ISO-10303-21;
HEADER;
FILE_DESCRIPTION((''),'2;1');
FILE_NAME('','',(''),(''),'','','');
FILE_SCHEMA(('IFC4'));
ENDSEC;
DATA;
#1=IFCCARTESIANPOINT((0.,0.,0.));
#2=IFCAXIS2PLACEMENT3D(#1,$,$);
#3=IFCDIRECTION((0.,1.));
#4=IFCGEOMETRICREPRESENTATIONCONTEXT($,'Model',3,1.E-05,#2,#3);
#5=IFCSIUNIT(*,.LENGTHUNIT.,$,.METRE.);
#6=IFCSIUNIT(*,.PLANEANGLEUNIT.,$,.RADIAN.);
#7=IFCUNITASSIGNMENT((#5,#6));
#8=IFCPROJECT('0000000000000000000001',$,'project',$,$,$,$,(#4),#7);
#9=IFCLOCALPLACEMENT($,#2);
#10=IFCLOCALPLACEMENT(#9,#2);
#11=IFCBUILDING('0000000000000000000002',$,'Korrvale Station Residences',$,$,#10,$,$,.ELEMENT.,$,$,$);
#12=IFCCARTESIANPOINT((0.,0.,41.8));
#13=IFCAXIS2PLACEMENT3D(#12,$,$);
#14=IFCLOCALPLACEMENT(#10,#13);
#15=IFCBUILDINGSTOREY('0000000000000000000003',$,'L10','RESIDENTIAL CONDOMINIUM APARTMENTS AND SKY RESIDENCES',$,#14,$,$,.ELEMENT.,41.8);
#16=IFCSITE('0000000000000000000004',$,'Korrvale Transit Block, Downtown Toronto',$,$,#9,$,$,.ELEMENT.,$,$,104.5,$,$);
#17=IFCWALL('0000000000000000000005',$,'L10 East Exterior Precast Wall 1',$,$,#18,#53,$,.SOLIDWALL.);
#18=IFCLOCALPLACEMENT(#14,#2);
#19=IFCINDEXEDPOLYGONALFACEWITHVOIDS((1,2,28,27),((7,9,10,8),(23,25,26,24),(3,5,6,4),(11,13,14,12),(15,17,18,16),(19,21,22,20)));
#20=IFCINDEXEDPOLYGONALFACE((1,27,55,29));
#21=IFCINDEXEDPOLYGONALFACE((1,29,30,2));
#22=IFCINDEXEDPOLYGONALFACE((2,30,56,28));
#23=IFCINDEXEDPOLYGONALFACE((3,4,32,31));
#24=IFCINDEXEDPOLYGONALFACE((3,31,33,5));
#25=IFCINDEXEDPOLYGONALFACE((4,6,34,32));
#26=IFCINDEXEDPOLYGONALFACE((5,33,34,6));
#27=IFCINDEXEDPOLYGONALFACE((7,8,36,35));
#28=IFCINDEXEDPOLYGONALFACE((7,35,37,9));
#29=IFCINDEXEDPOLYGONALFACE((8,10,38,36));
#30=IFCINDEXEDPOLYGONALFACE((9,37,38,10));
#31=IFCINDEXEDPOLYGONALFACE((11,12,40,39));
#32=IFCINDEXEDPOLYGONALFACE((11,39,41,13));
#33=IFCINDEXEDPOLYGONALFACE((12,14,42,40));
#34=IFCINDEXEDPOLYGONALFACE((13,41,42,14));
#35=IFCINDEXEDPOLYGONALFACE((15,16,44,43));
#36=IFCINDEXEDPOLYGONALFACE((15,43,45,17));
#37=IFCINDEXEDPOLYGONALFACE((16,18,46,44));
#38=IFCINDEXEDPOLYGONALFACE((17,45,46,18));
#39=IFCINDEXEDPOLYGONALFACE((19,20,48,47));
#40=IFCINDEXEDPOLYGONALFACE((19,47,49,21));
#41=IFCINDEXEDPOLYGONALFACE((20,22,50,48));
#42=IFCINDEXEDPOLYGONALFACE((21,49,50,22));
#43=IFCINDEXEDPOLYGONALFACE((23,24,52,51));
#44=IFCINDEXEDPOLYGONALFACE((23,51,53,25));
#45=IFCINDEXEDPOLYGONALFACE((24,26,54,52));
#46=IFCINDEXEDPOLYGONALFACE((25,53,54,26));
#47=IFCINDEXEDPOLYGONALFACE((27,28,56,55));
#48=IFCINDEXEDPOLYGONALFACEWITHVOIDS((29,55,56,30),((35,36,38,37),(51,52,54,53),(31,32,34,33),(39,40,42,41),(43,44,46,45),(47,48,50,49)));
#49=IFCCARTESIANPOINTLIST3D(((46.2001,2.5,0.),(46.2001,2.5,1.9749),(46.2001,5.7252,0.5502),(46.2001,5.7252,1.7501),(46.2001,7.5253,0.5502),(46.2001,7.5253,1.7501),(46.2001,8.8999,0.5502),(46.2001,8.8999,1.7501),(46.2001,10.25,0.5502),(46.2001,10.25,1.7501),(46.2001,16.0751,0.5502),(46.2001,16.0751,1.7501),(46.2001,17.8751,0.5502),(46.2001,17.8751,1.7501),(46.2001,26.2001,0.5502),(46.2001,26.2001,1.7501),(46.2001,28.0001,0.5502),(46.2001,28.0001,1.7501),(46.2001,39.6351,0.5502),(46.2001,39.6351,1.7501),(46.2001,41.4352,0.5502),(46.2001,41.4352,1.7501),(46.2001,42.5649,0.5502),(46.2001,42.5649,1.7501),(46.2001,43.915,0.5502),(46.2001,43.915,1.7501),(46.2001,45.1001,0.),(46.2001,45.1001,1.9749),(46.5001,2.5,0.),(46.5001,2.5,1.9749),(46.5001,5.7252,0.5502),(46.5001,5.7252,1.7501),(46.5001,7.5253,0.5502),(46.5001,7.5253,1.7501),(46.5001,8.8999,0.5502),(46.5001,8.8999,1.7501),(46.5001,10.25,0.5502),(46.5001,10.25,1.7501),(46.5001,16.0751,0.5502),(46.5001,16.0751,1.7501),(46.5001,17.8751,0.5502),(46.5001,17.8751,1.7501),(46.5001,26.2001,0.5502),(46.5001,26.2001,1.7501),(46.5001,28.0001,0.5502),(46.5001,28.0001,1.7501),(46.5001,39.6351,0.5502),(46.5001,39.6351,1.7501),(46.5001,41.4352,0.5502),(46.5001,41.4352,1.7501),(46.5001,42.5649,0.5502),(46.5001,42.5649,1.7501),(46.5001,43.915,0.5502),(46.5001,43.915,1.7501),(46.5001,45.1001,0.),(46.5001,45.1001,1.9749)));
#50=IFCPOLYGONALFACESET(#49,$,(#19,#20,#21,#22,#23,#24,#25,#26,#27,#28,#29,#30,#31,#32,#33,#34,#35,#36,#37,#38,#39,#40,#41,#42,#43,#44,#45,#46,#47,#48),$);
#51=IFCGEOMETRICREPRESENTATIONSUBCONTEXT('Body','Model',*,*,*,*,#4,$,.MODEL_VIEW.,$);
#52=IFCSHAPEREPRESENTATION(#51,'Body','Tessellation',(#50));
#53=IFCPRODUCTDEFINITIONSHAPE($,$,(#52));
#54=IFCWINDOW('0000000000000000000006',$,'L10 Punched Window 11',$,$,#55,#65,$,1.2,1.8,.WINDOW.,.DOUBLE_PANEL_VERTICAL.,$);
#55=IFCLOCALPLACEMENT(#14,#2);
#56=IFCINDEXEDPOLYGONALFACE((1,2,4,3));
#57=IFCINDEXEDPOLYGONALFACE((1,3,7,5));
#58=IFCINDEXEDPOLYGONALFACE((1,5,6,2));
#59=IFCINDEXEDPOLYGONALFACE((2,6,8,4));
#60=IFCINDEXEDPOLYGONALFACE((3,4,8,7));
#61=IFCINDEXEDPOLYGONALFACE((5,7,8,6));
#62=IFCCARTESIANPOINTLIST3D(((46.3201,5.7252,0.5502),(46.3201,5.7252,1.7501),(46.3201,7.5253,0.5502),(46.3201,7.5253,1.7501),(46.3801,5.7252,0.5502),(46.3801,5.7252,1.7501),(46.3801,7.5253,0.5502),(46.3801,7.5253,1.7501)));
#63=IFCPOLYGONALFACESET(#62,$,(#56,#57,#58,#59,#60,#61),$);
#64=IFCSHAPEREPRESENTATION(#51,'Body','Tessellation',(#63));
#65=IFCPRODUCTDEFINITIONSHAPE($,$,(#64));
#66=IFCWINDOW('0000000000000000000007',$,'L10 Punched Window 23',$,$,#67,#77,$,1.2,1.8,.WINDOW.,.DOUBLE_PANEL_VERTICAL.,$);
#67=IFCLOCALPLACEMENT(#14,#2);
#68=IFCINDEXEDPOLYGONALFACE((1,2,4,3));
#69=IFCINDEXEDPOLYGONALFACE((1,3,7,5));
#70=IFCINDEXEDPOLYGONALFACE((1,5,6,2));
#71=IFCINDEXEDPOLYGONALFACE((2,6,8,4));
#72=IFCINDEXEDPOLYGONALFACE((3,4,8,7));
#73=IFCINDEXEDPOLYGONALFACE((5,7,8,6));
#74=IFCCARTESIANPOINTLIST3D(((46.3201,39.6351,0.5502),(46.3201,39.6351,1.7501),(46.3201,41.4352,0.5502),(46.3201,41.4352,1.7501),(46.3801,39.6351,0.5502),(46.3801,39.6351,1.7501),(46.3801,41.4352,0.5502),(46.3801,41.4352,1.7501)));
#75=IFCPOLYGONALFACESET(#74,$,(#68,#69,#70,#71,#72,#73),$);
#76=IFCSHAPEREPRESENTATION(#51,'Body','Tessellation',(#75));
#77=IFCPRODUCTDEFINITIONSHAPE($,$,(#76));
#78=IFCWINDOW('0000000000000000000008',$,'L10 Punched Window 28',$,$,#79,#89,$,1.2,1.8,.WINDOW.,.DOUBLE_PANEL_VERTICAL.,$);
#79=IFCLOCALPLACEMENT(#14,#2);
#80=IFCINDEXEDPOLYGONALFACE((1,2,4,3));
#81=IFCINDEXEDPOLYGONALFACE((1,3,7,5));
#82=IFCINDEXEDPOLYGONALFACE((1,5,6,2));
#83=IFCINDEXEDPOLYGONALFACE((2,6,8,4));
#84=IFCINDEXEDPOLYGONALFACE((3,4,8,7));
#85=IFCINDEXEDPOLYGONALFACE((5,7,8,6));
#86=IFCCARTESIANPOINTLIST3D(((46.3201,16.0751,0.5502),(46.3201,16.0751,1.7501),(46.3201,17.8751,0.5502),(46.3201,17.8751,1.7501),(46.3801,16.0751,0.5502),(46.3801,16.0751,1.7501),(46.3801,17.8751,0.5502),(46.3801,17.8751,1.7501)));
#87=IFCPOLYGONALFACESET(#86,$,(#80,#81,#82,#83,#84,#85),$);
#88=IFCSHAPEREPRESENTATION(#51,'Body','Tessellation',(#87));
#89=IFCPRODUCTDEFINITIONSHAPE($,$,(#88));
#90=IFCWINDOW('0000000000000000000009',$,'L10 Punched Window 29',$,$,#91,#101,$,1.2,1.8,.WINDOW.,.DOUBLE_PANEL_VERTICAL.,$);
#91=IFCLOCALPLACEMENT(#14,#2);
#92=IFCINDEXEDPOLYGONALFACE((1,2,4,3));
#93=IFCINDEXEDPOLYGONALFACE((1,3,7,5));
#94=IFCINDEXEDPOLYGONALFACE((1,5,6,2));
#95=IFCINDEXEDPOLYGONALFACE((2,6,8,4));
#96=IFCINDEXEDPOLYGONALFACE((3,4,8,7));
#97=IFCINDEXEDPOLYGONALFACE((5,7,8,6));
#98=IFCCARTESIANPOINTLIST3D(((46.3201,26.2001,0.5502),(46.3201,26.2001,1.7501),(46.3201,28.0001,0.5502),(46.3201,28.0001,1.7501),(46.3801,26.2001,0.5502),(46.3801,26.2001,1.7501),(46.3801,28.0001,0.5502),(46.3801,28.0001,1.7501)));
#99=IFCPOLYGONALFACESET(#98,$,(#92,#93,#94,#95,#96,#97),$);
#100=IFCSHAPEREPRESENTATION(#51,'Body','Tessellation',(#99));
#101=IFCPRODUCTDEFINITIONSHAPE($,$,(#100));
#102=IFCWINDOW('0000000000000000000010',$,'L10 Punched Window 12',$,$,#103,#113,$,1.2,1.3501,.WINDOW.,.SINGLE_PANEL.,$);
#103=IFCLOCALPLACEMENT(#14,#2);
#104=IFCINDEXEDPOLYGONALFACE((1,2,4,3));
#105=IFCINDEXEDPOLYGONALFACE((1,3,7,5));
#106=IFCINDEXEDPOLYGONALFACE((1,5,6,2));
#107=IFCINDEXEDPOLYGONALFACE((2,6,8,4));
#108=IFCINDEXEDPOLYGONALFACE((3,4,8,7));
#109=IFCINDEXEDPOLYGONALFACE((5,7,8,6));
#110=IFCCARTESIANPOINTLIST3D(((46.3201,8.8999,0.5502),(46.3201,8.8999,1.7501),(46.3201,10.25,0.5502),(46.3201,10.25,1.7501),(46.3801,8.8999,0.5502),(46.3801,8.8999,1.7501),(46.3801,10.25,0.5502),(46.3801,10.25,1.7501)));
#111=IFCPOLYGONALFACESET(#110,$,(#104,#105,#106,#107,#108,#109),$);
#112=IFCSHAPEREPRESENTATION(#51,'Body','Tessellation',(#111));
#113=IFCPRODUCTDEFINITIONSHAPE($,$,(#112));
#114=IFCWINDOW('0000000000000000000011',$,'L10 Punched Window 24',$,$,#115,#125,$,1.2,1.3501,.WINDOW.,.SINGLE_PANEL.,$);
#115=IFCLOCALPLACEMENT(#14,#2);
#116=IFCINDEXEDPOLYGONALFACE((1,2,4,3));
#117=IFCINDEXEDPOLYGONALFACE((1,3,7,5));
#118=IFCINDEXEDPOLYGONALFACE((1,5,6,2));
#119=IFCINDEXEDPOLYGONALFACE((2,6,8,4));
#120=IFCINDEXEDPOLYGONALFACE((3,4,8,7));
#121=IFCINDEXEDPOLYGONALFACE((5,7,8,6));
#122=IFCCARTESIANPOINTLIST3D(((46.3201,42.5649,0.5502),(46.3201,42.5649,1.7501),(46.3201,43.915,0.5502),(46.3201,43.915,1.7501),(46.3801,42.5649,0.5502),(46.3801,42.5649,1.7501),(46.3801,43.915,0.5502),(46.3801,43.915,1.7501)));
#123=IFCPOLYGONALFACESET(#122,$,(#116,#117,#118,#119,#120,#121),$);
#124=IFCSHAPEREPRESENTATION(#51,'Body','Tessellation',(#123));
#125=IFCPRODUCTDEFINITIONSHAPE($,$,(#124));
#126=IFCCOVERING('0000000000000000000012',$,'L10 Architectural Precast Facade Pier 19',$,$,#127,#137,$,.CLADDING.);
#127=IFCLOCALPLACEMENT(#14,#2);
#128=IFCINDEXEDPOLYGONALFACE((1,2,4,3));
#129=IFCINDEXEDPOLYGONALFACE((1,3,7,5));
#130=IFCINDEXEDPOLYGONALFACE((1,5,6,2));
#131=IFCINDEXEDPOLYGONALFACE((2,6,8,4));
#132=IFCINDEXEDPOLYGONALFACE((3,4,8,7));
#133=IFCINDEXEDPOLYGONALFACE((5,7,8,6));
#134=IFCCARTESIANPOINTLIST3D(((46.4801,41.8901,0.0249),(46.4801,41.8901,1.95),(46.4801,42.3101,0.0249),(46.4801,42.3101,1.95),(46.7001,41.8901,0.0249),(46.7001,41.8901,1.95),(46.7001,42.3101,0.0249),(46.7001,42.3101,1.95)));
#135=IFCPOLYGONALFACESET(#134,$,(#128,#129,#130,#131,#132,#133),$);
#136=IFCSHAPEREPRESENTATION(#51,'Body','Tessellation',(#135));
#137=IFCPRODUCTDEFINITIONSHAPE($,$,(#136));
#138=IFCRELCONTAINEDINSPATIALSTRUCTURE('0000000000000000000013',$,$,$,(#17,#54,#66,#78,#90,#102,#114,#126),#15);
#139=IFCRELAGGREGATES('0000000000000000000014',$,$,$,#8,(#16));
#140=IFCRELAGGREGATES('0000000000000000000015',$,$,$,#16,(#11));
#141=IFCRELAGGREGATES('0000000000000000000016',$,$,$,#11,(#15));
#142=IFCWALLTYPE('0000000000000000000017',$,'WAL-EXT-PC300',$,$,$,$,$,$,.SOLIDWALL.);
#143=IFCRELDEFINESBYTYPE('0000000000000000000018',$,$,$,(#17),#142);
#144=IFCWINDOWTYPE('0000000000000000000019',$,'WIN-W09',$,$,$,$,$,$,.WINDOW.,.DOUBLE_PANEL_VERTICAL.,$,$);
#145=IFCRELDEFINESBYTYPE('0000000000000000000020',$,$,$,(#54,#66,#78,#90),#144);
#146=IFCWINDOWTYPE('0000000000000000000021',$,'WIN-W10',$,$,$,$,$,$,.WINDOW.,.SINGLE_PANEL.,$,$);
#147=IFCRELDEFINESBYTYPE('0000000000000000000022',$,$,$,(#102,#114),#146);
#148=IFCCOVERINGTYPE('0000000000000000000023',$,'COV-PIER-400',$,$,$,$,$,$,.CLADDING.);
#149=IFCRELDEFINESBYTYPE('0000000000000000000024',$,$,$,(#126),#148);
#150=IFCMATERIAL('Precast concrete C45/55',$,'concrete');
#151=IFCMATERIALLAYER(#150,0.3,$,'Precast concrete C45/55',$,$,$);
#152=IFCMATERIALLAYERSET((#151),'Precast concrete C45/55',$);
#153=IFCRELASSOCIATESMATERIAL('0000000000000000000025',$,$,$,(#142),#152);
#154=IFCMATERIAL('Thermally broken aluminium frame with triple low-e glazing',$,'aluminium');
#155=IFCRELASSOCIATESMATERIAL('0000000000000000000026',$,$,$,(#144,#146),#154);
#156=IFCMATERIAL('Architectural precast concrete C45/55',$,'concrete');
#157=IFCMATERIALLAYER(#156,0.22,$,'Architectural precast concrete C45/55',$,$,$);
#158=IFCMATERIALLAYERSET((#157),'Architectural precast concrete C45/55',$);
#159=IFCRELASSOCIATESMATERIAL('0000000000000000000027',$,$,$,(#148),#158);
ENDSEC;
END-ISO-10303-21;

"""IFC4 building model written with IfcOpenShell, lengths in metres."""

from ifc_helpers import new_model, si_unit, direction, frame, frame_2d, origin, origin_2d, place, context, subcontext, project, spatial, rectangle, extrude, material, layer, layer_set, type_object, element, fill, save


model = new_model("IFC4")

# Units and contexts
model_context = context("Model", 3, precision=1e-05, world=origin(), true_north=direction((0.0, 1.0)))
body_context = subcontext(model_context, "Body", "Model", "MODEL_VIEW")
ifc_project = project(units=[si_unit("LENGTHUNIT", "METRE"), si_unit("PLANEANGLEUNIT", "RADIAN")], contexts=[model_context])

# Site, building, storey
site_placement = place(None, origin())
site = spatial("IfcSite", under=ifc_project, at=site_placement, Name="Korrvale Transit Block, Downtown Toronto", CompositionType="ELEMENT", RefElevation=104.5)
building_placement = place(site_placement, origin())
building = spatial("IfcBuilding", under=site, at=building_placement, Name="Korrvale Station Residences", CompositionType="ELEMENT")
storey_placement = place(building_placement, frame((0.0, 0.0, 41.8)))
storey = spatial("IfcBuildingStorey", under=building, at=storey_placement, Name="L10", Description="RESIDENTIAL CONDOMINIUM APARTMENTS AND SKY RESIDENCES", CompositionType="ELEMENT", Elevation=41.8)

# Shared definitions
ifc_material_1 = material(Name="Precast concrete C45/55", Category="concrete")
ifc_layer_1 = layer(ifc_material_1, 0.3, Name="Precast concrete C45/55")
ifc_layer_set_1 = layer_set([ifc_layer_1], Name="Precast concrete C45/55")
wall_type_1 = type_object("IfcWallType", Name="WAL-EXT-PC300", PredefinedType="SOLIDWALL", material=ifc_layer_set_1)

# Wall, openings, windows
wall_1_placement = place(storey_placement, frame((46.3501, 45.1001, 0.0), z_axis=(0.0, 0.0, 1.0), x_axis=(0.0, -1.0, 0.0)))
wall_1 = element("IfcWall", 1, at=wall_1_placement, inside=storey, type_object=wall_type_1, Name="L10 East Exterior Precast Wall 1", PredefinedType="SOLIDWALL", context=body_context, shape_type="SweptSolid", body=[
    extrude(rectangle(XDim=42.6001, YDim=0.3, at=frame_2d((21.3, 0.0))), origin(), (0.0, 0.0, 1.0), 1.9749),
])
opening_1_placement = place(wall_1_placement, frame((37.575, 0.0, 0.55)))
opening_1 = element("IfcOpeningElement", 2, at=opening_1_placement, cuts=wall_1, PredefinedType="OPENING", context=body_context, shape_type="SweptSolid", body=[
    extrude(rectangle(XDim=1.8, YDim=1.2, at=frame_2d((0.8999, 0.6001))), frame((0.0, 0.1602, 0.0), z_axis=(0.0, -1.0, 0.0), x_axis=(1.0, 0.0, 0.0)), (0.0, 0.0, 1.0), 0.3201),
])
opening_2_placement = place(wall_1_placement, frame((34.8501, 0.0, 0.55)))
opening_2 = element("IfcOpeningElement", 3, at=opening_2_placement, cuts=wall_1, PredefinedType="OPENING", context=body_context, shape_type="SweptSolid", body=[
    extrude(rectangle(XDim=1.3501, YDim=1.2, at=frame_2d((0.675, 0.6001))), frame((0.0, 0.1602, 0.0), z_axis=(0.0, -1.0, 0.0), x_axis=(1.0, 0.0, 0.0)), (0.0, 0.0, 1.0), 0.3201),
])
opening_3_placement = place(wall_1_placement, frame((3.665, 0.0, 0.55)))
opening_3 = element("IfcOpeningElement", 4, at=opening_3_placement, cuts=wall_1, PredefinedType="OPENING", context=body_context, shape_type="SweptSolid", body=[
    extrude(rectangle(XDim=1.8, YDim=1.2, at=frame_2d((0.8999, 0.6001))), frame((0.0, 0.1602, 0.0), z_axis=(0.0, -1.0, 0.0), x_axis=(1.0, 0.0, 0.0)), (0.0, 0.0, 1.0), 0.3201),
])
opening_4_placement = place(wall_1_placement, frame((1.1851, 0.0, 0.55)))
opening_4 = element("IfcOpeningElement", 5, at=opening_4_placement, cuts=wall_1, PredefinedType="OPENING", context=body_context, shape_type="SweptSolid", body=[
    extrude(rectangle(XDim=1.3501, YDim=1.2, at=frame_2d((0.675, 0.6001))), frame((0.0, 0.1602, 0.0), z_axis=(0.0, -1.0, 0.0), x_axis=(1.0, 0.0, 0.0)), (0.0, 0.0, 1.0), 0.3201),
])
opening_5_placement = place(wall_1_placement, frame((27.2251, 0.0, 0.55)))
opening_5 = element("IfcOpeningElement", 6, at=opening_5_placement, cuts=wall_1, PredefinedType="OPENING", context=body_context, shape_type="SweptSolid", body=[
    extrude(rectangle(XDim=1.8, YDim=1.2, at=frame_2d((0.8999, 0.6001))), frame((0.0, 0.1602, 0.0), z_axis=(0.0, -1.0, 0.0), x_axis=(1.0, 0.0, 0.0)), (0.0, 0.0, 1.0), 0.3201),
])
opening_6_placement = place(wall_1_placement, frame((17.1001, 0.0, 0.55)))
opening_6 = element("IfcOpeningElement", 7, at=opening_6_placement, cuts=wall_1, PredefinedType="OPENING", context=body_context, shape_type="SweptSolid", body=[
    extrude(rectangle(XDim=1.8, YDim=1.2, at=frame_2d((0.8999, 0.6001))), frame((0.0, 0.1602, 0.0), z_axis=(0.0, -1.0, 0.0), x_axis=(1.0, 0.0, 0.0)), (0.0, 0.0, 1.0), 0.3201),
])
ifc_material_2 = material(Name="Thermally broken aluminium frame with triple low-e glazing", Category="aluminium")
window_type_1 = type_object("IfcWindowType", Name="WIN-W09", PartitioningType="DOUBLE_PANEL_VERTICAL", PredefinedType="WINDOW", material=ifc_material_2)
window_1_placement = place(opening_1_placement, origin())
window_1 = element("IfcWindow", 8, at=window_1_placement, inside=storey, type_object=window_type_1, Name="L10 Punched Window 11", OverallHeight=1.2, OverallWidth=1.8, PartitioningType="DOUBLE_PANEL_VERTICAL", PredefinedType="WINDOW", context=body_context, shape_type="SweptSolid", body=[
    extrude(rectangle(XDim=1.8, YDim=1.2, at=frame_2d((0.8999, 0.6001))), frame((0.0, 0.03, 0.0), z_axis=(0.0, -1.0, 0.0), x_axis=(1.0, 0.0, 0.0)), (0.0, 0.0, 1.0), 0.0601),
])
fill(opening_1, window_1)
window_2_placement = place(opening_3_placement, origin())
window_2 = element("IfcWindow", 9, at=window_2_placement, inside=storey, type_object=window_type_1, Name="L10 Punched Window 23", OverallHeight=1.2, OverallWidth=1.8, PartitioningType="DOUBLE_PANEL_VERTICAL", PredefinedType="WINDOW", context=body_context, shape_type="SweptSolid", body=[
    extrude(rectangle(XDim=1.8, YDim=1.2, at=frame_2d((0.8999, 0.6001))), frame((0.0, 0.03, 0.0), z_axis=(0.0, -1.0, 0.0), x_axis=(1.0, 0.0, 0.0)), (0.0, 0.0, 1.0), 0.0601),
])
fill(opening_3, window_2)
window_3_placement = place(opening_5_placement, origin())
window_3 = element("IfcWindow", 10, at=window_3_placement, inside=storey, type_object=window_type_1, Name="L10 Punched Window 28", OverallHeight=1.2, OverallWidth=1.8, PartitioningType="DOUBLE_PANEL_VERTICAL", PredefinedType="WINDOW", context=body_context, shape_type="SweptSolid", body=[
    extrude(rectangle(XDim=1.8, YDim=1.2, at=frame_2d((0.8999, 0.6001))), frame((0.0, 0.03, 0.0), z_axis=(0.0, -1.0, 0.0), x_axis=(1.0, 0.0, 0.0)), (0.0, 0.0, 1.0), 0.0601),
])
fill(opening_5, window_3)
window_4_placement = place(opening_6_placement, origin())
window_4 = element("IfcWindow", 11, at=window_4_placement, inside=storey, type_object=window_type_1, Name="L10 Punched Window 29", OverallHeight=1.2, OverallWidth=1.8, PartitioningType="DOUBLE_PANEL_VERTICAL", PredefinedType="WINDOW", context=body_context, shape_type="SweptSolid", body=[
    extrude(rectangle(XDim=1.8, YDim=1.2, at=frame_2d((0.8999, 0.6001))), frame((0.0, 0.03, 0.0), z_axis=(0.0, -1.0, 0.0), x_axis=(1.0, 0.0, 0.0)), (0.0, 0.0, 1.0), 0.0601),
])
fill(opening_6, window_4)
window_type_2 = type_object("IfcWindowType", Name="WIN-W10", PartitioningType="SINGLE_PANEL", PredefinedType="WINDOW", material=ifc_material_2)
window_5_placement = place(opening_2_placement, origin())
window_5 = element("IfcWindow", 12, at=window_5_placement, inside=storey, type_object=window_type_2, Name="L10 Punched Window 12", OverallHeight=1.2, OverallWidth=1.3501, PartitioningType="SINGLE_PANEL", PredefinedType="WINDOW", context=body_context, shape_type="SweptSolid", body=[
    extrude(rectangle(XDim=1.3501, YDim=1.2, at=frame_2d((0.675, 0.6001))), frame((0.0, 0.03, 0.0), z_axis=(0.0, -1.0, 0.0), x_axis=(1.0, 0.0, 0.0)), (0.0, 0.0, 1.0), 0.0601),
])
fill(opening_2, window_5)
window_6_placement = place(opening_4_placement, origin())
window_6 = element("IfcWindow", 13, at=window_6_placement, inside=storey, type_object=window_type_2, Name="L10 Punched Window 24", OverallHeight=1.2, OverallWidth=1.3501, PartitioningType="SINGLE_PANEL", PredefinedType="WINDOW", context=body_context, shape_type="SweptSolid", body=[
    extrude(rectangle(XDim=1.3501, YDim=1.2, at=frame_2d((0.675, 0.6001))), frame((0.0, 0.03, 0.0), z_axis=(0.0, -1.0, 0.0), x_axis=(1.0, 0.0, 0.0)), (0.0, 0.0, 1.0), 0.0601),
])
fill(opening_4, window_6)

# Covering
ifc_material_3 = material(Name="Architectural precast concrete C45/55", Category="concrete")
ifc_layer_2 = layer(ifc_material_3, 0.22, Name="Architectural precast concrete C45/55")
ifc_layer_set_2 = layer_set([ifc_layer_2], Name="Architectural precast concrete C45/55")
covering_type = type_object("IfcCoveringType", Name="COV-PIER-400", PredefinedType="CLADDING", material=ifc_layer_set_2)
covering_placement = place(storey_placement, frame((46.5901, 42.1001, 0.0249), z_axis=(0.0, 0.0, 1.0), x_axis=(0.0, 1.0, 0.0)))
element("IfcCovering", 14, at=covering_placement, inside=storey, type_object=covering_type, Name="L10 Architectural Precast Facade Pier 19", PredefinedType="CLADDING", context=body_context, shape_type="SweptSolid", body=[
    extrude(rectangle(XDim=0.4199, YDim=0.22, at=origin_2d()), origin(), (0.0, 0.0, 1.0), 1.925),
])

save(model, "model.ifc")
